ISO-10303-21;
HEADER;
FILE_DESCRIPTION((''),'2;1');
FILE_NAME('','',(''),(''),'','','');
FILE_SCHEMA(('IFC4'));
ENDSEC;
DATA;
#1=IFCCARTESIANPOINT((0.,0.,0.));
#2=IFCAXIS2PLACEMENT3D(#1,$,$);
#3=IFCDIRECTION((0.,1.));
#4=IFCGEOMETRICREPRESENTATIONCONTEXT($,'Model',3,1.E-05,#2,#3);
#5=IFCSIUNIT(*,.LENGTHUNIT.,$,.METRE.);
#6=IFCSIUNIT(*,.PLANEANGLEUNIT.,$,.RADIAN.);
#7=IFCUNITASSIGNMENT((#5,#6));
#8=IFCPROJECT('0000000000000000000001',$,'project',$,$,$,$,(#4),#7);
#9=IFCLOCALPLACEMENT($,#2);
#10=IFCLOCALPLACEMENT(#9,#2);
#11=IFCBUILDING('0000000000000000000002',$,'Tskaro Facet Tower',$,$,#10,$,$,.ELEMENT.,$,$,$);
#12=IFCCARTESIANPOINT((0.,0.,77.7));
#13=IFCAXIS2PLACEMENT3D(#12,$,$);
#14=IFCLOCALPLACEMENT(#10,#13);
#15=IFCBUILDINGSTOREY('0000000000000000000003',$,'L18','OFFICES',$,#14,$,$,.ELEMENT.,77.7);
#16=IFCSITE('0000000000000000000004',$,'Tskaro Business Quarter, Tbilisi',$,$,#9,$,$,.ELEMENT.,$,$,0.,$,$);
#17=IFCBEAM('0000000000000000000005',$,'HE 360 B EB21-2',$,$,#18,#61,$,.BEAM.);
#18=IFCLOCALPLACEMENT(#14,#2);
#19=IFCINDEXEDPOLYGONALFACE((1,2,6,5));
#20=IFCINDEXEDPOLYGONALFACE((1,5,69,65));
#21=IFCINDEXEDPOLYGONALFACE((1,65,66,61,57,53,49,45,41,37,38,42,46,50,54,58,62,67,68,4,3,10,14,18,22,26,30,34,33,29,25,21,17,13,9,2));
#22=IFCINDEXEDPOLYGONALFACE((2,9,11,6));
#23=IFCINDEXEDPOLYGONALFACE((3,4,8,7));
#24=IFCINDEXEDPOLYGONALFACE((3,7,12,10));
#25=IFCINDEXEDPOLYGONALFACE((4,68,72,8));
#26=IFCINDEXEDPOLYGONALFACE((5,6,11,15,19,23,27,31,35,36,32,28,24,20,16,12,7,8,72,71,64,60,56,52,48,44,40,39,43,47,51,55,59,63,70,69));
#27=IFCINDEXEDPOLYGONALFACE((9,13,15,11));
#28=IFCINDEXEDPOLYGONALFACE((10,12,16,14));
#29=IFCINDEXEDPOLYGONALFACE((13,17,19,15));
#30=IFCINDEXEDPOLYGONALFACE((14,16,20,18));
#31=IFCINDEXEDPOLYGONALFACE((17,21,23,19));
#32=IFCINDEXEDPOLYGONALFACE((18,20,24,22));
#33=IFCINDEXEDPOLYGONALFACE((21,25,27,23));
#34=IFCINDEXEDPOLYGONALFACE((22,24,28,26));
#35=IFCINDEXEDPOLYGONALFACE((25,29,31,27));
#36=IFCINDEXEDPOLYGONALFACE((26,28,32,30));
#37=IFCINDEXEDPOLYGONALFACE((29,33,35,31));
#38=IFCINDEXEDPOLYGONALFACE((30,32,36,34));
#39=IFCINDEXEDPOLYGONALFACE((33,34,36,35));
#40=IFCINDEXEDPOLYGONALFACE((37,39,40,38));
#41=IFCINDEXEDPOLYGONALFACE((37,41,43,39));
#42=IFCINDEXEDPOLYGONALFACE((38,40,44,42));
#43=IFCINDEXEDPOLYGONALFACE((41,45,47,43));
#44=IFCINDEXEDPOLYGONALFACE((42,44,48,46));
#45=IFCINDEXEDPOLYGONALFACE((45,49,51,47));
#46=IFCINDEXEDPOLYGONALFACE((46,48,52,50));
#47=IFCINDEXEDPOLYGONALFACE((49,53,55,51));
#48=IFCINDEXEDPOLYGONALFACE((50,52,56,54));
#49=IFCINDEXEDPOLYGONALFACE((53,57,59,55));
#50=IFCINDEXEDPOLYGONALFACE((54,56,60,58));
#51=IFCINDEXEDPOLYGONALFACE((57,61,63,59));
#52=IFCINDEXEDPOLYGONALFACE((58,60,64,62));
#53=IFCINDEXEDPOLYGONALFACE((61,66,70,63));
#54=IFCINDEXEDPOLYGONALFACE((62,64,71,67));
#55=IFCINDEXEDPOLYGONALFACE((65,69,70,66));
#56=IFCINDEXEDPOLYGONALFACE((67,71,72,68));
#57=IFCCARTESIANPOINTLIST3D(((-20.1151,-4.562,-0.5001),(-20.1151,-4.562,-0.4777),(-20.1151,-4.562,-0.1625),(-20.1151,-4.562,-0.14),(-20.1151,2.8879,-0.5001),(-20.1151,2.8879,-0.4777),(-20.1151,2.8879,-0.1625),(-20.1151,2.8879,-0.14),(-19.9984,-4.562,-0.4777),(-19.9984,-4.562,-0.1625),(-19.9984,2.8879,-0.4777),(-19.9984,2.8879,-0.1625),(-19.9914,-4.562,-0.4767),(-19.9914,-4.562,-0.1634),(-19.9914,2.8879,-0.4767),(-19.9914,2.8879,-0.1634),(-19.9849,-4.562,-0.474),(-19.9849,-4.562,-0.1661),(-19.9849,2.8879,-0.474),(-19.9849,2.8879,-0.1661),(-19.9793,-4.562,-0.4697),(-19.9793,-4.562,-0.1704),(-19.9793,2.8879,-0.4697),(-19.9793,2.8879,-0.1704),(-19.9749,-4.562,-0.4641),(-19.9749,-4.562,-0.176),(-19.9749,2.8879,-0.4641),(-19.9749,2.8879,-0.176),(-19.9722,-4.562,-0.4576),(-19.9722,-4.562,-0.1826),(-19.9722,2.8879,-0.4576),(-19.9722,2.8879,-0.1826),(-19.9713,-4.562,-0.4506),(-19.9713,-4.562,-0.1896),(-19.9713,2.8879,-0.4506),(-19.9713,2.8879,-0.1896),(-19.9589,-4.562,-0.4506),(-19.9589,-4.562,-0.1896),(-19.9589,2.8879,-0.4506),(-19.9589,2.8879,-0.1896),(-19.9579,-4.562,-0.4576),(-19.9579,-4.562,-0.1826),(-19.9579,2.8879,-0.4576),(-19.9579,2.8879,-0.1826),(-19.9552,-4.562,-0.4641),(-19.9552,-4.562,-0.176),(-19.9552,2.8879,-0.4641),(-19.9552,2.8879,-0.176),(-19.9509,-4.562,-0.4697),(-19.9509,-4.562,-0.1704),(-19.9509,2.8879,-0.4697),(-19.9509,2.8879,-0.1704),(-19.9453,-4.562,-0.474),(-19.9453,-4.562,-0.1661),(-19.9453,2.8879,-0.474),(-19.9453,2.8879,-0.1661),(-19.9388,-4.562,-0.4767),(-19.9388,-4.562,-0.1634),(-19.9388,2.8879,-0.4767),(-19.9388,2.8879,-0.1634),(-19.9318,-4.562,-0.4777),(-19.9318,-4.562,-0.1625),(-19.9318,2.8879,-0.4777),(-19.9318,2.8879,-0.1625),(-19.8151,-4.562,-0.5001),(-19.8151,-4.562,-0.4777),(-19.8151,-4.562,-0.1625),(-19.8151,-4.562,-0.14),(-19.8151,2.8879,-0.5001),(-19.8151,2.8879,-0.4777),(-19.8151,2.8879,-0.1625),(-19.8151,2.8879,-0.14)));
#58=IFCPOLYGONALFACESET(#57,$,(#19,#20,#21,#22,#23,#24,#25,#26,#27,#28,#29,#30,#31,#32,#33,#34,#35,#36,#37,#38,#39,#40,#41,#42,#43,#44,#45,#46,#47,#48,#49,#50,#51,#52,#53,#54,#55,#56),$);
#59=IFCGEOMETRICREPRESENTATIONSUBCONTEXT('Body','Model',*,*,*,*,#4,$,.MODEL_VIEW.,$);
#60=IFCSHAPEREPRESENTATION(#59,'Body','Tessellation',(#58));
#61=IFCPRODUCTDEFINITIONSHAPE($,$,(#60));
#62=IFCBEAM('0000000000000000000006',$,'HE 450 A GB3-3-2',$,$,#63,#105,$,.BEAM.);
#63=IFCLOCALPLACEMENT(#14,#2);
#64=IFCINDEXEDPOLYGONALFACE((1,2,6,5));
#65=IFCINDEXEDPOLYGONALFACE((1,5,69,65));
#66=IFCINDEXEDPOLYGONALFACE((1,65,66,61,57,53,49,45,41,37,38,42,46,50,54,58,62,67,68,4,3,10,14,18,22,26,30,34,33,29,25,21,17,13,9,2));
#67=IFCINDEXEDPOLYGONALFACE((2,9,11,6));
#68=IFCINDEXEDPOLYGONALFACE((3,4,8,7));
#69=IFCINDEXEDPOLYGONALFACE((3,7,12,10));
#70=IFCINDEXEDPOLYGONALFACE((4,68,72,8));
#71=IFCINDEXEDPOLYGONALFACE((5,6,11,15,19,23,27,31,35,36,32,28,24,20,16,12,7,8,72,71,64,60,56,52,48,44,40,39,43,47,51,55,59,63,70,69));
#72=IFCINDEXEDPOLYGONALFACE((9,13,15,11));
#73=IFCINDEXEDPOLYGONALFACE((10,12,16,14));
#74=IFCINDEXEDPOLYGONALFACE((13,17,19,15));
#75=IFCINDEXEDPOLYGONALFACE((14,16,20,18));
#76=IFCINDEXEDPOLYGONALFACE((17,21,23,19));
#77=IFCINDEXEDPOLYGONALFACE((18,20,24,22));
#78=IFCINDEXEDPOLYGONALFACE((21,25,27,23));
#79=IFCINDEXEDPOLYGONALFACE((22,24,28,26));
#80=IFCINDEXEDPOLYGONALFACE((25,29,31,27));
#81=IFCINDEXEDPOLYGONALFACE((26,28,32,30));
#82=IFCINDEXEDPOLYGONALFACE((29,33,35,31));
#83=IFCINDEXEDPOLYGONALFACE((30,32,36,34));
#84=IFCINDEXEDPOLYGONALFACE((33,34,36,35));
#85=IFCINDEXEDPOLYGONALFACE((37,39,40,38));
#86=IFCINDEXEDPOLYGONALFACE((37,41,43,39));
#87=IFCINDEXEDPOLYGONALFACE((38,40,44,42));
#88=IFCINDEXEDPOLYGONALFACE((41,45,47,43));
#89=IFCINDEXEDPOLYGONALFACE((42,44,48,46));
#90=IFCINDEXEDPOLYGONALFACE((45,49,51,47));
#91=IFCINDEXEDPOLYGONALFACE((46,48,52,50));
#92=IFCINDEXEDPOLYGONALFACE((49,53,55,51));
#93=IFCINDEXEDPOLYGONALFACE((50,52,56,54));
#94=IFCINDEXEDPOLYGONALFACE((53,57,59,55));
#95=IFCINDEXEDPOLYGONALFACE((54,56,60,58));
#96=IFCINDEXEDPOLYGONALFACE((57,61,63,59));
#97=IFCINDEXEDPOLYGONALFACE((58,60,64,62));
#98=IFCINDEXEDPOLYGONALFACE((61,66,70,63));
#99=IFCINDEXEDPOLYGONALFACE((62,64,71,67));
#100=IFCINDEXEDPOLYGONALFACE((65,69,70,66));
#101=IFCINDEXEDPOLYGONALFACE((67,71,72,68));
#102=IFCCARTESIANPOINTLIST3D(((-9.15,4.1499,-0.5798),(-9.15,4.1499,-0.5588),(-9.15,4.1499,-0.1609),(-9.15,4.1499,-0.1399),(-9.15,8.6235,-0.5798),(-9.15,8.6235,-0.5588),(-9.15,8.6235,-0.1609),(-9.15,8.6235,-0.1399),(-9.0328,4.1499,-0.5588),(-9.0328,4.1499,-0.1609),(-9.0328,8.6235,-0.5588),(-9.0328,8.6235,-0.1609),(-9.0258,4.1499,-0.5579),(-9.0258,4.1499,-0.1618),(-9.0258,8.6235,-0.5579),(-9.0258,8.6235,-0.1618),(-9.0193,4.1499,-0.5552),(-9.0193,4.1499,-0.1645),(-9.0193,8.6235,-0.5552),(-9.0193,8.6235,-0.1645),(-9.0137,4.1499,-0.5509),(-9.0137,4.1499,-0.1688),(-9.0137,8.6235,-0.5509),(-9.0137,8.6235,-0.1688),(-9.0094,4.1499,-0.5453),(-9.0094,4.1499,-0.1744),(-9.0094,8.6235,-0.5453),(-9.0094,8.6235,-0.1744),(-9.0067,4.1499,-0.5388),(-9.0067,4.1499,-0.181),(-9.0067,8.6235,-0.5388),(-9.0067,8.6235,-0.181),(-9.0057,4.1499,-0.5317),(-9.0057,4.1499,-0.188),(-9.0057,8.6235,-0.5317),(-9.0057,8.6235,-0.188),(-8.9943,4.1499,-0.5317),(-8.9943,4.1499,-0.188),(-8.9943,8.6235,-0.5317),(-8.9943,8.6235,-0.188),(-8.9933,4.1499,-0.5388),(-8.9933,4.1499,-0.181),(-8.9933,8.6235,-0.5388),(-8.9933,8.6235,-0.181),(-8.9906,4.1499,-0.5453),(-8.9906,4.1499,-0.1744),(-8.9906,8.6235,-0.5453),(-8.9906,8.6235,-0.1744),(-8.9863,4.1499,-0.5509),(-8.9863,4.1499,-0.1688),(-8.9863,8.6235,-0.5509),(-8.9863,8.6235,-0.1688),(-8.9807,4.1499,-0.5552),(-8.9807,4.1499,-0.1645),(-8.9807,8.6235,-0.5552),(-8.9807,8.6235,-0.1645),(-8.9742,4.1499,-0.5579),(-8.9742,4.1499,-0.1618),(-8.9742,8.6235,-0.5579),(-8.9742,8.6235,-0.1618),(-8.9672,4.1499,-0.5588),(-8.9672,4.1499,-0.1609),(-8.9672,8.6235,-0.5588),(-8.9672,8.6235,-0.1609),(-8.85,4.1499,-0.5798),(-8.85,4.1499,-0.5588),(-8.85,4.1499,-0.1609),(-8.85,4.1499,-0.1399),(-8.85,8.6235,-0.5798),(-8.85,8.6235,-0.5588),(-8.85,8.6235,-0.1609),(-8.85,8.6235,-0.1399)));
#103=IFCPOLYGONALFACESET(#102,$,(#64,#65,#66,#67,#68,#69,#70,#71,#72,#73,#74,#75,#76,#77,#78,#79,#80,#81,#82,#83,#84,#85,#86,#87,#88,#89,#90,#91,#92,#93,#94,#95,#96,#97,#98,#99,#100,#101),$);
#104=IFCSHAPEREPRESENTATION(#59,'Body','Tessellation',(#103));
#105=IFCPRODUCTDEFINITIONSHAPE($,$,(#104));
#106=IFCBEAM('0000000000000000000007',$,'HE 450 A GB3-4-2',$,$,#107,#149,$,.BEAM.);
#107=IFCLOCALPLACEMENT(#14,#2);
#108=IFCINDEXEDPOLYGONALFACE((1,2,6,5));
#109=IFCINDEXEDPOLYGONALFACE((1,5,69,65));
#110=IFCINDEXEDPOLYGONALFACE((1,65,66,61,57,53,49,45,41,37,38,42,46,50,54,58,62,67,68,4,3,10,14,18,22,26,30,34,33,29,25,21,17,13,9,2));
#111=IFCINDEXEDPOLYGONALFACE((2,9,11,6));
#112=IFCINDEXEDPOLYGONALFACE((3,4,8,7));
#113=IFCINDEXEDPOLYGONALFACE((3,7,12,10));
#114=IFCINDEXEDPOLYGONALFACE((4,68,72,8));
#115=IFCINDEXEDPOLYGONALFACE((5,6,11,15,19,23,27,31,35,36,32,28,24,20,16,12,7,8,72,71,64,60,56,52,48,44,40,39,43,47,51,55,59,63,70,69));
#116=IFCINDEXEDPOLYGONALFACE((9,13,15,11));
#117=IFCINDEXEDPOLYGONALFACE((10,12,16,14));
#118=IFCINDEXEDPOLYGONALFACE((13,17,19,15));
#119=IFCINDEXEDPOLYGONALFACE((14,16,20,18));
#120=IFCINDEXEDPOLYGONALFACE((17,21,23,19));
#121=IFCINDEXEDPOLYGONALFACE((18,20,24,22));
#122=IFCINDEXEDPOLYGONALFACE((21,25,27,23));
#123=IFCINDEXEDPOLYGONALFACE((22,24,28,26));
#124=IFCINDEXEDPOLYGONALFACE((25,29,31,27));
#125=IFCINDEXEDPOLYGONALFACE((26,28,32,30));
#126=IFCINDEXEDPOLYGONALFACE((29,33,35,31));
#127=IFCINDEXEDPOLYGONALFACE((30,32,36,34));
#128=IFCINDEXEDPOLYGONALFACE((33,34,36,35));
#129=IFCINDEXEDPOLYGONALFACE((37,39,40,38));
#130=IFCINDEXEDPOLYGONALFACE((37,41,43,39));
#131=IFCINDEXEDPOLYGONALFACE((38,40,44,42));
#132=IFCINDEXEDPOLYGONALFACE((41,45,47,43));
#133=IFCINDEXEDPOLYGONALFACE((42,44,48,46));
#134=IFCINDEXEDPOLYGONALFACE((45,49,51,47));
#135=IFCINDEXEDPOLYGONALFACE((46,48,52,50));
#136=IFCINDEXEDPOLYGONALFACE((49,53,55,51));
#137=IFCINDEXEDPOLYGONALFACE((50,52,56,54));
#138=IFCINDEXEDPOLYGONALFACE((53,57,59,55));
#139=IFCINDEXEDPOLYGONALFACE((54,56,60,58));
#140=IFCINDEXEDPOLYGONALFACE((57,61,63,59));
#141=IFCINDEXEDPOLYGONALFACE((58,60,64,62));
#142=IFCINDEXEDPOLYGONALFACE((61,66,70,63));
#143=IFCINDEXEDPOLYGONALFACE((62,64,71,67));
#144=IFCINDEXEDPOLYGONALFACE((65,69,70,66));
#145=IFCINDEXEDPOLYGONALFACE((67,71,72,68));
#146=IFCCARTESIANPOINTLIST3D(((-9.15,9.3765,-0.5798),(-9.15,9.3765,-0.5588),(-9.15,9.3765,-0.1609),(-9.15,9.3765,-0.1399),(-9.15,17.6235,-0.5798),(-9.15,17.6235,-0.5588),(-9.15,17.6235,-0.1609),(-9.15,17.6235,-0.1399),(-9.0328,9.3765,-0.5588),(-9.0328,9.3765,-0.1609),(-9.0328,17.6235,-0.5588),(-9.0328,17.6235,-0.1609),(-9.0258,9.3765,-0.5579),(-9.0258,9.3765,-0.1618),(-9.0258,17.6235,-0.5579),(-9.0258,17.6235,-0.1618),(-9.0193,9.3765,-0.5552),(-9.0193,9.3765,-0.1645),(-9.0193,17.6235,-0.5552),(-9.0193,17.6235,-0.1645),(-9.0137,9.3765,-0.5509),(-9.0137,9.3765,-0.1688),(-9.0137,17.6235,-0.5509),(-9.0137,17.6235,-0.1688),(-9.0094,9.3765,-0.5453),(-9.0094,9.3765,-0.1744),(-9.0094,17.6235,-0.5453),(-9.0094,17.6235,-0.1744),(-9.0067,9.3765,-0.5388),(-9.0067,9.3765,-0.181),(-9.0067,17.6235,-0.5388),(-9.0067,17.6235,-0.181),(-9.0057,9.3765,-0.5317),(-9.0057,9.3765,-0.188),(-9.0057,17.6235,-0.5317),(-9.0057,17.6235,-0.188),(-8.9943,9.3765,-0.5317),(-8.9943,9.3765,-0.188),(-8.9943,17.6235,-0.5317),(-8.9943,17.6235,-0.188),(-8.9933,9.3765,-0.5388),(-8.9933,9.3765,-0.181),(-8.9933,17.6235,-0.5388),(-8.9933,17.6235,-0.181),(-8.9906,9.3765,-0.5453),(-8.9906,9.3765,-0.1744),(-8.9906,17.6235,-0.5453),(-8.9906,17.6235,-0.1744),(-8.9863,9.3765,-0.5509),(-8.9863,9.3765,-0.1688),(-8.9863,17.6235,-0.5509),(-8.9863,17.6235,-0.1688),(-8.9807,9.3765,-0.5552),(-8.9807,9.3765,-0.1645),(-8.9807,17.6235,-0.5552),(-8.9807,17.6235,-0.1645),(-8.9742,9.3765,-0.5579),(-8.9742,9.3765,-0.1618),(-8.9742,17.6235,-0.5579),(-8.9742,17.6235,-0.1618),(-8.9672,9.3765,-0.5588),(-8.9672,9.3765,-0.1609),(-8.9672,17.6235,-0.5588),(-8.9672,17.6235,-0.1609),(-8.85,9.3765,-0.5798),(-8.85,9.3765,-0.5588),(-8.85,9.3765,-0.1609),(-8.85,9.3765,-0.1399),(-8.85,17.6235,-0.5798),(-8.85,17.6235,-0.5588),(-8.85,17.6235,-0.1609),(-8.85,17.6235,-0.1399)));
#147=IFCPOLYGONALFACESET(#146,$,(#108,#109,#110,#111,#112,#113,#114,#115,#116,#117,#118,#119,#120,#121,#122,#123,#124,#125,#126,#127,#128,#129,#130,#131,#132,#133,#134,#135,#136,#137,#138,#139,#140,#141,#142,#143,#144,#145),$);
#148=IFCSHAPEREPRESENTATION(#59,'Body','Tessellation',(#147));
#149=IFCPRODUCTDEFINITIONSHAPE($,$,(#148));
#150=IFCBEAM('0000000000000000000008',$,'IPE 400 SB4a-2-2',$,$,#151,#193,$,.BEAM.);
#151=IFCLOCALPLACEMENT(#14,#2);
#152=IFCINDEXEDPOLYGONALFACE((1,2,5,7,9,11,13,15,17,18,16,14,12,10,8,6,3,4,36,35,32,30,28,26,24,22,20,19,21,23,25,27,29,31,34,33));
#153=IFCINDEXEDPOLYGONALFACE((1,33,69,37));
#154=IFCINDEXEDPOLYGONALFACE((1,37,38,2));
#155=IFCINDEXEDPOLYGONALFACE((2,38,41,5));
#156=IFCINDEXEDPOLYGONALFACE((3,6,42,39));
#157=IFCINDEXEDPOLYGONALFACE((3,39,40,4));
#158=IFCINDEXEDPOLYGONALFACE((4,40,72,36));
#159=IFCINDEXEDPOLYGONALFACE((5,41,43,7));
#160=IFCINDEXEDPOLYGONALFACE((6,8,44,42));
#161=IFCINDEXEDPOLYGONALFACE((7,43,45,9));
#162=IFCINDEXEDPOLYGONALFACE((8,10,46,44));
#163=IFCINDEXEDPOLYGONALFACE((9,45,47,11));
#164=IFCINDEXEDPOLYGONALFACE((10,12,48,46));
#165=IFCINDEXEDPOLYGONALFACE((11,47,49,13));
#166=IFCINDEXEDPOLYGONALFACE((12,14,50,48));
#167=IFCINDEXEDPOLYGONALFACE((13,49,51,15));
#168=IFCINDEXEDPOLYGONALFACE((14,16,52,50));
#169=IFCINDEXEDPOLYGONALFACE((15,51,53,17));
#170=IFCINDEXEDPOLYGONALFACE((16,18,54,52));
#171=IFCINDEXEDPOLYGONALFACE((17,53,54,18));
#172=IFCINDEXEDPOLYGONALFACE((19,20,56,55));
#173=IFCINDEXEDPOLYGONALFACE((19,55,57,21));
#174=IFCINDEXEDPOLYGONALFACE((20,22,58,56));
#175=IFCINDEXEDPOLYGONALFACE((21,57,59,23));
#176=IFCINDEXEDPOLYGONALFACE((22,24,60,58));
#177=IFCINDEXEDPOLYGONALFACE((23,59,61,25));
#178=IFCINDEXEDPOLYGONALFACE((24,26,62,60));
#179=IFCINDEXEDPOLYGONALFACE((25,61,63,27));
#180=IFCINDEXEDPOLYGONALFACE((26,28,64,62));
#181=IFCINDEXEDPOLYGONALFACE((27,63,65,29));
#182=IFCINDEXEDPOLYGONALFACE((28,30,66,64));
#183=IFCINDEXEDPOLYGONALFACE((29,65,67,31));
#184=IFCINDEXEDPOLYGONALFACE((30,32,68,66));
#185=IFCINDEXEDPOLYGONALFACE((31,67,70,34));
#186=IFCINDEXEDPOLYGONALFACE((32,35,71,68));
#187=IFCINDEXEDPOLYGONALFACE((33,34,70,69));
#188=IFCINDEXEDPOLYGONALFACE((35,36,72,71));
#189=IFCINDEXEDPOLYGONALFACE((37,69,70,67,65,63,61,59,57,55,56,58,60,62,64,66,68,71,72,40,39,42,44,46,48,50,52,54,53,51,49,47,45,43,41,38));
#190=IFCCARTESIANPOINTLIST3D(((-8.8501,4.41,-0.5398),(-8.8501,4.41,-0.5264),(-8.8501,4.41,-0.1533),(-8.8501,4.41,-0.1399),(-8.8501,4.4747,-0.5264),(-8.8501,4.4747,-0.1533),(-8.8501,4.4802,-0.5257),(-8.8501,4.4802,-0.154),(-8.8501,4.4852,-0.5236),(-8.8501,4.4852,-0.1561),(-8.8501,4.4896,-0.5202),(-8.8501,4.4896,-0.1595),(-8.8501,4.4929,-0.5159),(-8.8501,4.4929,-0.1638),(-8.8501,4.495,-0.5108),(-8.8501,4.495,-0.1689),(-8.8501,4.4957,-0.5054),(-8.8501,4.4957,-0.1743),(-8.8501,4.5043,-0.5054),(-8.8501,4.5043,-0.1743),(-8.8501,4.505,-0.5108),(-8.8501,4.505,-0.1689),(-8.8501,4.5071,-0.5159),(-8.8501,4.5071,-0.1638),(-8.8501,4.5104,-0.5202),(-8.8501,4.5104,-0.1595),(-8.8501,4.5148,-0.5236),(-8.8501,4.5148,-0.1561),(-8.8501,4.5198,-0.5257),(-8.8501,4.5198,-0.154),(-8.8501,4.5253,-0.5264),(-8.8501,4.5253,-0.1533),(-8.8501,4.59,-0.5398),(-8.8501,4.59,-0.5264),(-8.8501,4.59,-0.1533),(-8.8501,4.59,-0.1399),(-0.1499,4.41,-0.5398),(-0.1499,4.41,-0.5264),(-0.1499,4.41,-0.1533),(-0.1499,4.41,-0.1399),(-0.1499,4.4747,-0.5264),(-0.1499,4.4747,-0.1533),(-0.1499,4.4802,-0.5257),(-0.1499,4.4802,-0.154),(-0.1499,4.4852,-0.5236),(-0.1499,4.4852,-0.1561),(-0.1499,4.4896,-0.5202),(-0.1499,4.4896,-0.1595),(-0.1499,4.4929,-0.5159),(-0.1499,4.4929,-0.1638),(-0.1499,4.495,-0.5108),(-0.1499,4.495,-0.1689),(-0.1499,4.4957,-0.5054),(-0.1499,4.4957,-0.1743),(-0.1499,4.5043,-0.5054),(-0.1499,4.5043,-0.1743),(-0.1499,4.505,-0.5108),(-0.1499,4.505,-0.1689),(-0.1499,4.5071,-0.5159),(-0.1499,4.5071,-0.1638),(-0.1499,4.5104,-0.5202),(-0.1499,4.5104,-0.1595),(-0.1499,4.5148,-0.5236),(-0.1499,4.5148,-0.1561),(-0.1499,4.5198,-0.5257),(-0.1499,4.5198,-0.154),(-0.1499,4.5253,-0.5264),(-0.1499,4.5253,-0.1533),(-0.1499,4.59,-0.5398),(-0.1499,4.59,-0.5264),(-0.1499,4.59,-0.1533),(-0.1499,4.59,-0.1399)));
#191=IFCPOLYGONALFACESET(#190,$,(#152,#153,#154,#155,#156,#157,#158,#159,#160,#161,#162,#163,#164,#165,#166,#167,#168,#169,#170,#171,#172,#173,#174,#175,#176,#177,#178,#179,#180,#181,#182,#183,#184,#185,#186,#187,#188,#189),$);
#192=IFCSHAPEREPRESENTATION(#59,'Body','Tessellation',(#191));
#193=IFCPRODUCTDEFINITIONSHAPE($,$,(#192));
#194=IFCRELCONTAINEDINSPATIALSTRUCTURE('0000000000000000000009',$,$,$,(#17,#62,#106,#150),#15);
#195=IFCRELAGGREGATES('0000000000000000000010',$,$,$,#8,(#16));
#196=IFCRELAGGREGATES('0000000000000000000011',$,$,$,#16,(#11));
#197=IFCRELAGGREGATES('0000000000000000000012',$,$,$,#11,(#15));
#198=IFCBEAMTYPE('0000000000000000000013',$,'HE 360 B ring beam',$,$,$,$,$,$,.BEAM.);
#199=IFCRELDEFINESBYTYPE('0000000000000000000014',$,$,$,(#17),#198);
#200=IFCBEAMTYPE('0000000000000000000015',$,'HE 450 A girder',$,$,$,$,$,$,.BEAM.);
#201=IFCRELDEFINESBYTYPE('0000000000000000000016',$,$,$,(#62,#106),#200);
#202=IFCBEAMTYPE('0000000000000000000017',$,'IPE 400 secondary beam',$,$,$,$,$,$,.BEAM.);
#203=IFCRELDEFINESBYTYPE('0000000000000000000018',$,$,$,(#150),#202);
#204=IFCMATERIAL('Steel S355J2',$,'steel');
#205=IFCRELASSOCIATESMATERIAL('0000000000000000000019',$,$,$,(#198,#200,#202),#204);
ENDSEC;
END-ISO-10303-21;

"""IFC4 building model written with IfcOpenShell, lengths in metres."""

from ifc_helpers import new_model, si_unit, direction, frame, origin, origin_2d, place, context, subcontext, project, spatial, i_section, extrude, material, material_profile, profile_set, type_object, element, save


model = new_model("IFC4")

# Units and contexts
model_context = context("Model", 3, precision=1e-05, world=origin(), true_north=direction((0.0, 1.0)))
body_context = subcontext(model_context, "Body", "Model", "MODEL_VIEW")
ifc_project = project(units=[si_unit("LENGTHUNIT", "METRE"), si_unit("PLANEANGLEUNIT", "RADIAN")], contexts=[model_context])

# Site, building, storey
site_placement = place(None, origin())
site = spatial("IfcSite", under=ifc_project, at=site_placement, Name="Tskaro Business Quarter, Tbilisi", CompositionType="ELEMENT", RefElevation=0.0)
building_placement = place(site_placement, origin())
building = spatial("IfcBuilding", under=site, at=building_placement, Name="Tskaro Facet Tower", CompositionType="ELEMENT")
storey_placement = place(building_placement, frame((0.0, 0.0, 77.7)))
storey = spatial("IfcBuildingStorey", under=building, at=storey_placement, Name="L18", Description="OFFICES", CompositionType="ELEMENT", Elevation=77.7)

# Beams
ifc_material_1 = material(Name="Steel S355J2", Category="steel")
ifc_material_profile_1 = material_profile(ifc_material_1, i_section(OverallWidth=0.3, OverallDepth=0.3601, WebThickness=0.0125, FlangeThickness=0.0225, FilletRadius=0.0271, at=origin_2d()), Name="HE 360 B")
ifc_profile_set_1 = profile_set([ifc_material_profile_1], Name="Steel S355J2")
beam_type_1 = type_object("IfcBeamType", Name="HE 360 B ring beam", PredefinedType="BEAM", material=ifc_profile_set_1)
beam_1_placement = place(storey_placement, frame((-19.9651, 2.8879, -0.3201), z_axis=(0.0, -1.0, 0.0), x_axis=(1.0, 0.0, 0.0)))
element("IfcBeam", 1, at=beam_1_placement, inside=storey, type_object=beam_type_1, Name="HE 360 B EB21-2", PredefinedType="BEAM", context=body_context, shape_type="SweptSolid", body=[
    extrude(i_section(OverallWidth=0.3, OverallDepth=0.3601, WebThickness=0.0125, FlangeThickness=0.0225, FilletRadius=0.0271, at=origin_2d()), origin(), (0.0, 0.0, 1.0), 7.45),
])
ifc_material_profile_2 = material_profile(ifc_material_1, i_section(OverallWidth=0.3, OverallDepth=0.4399, WebThickness=0.0115, FlangeThickness=0.021, FilletRadius=0.0271, at=origin_2d()), Name="HE 450 A")
ifc_profile_set_2 = profile_set([ifc_material_profile_2], Name="Steel S355J2")
beam_type_2 = type_object("IfcBeamType", Name="HE 450 A girder", PredefinedType="BEAM", material=ifc_profile_set_2)
beam_2_placement = place(storey_placement, frame((-9.0, 4.1499, -0.3599), z_axis=(0.0, 1.0, 0.0), x_axis=(-1.0, 0.0, 0.0)))
element("IfcBeam", 2, at=beam_2_placement, inside=storey, type_object=beam_type_2, Name="HE 450 A GB3-3-2", PredefinedType="BEAM", context=body_context, shape_type="SweptSolid", body=[
    extrude(i_section(OverallWidth=0.3, OverallDepth=0.4399, WebThickness=0.0115, FlangeThickness=0.021, FilletRadius=0.0271, at=origin_2d()), origin(), (0.0, 0.0, 1.0), 4.4736),
])
beam_3_placement = place(storey_placement, frame((-9.0, 9.3765, -0.3599), z_axis=(0.0, 1.0, 0.0), x_axis=(-1.0, 0.0, 0.0)))
element("IfcBeam", 3, at=beam_3_placement, inside=storey, type_object=beam_type_2, Name="HE 450 A GB3-4-2", PredefinedType="BEAM", context=body_context, shape_type="SweptSolid", body=[
    extrude(i_section(OverallWidth=0.3, OverallDepth=0.4399, WebThickness=0.0115, FlangeThickness=0.021, FilletRadius=0.0271, at=origin_2d()), origin(), (0.0, 0.0, 1.0), 8.2471),
])
ifc_material_profile_3 = material_profile(ifc_material_1, i_section(OverallWidth=0.1799, OverallDepth=0.3999, WebThickness=0.0085, FlangeThickness=0.0134, FilletRadius=0.021, at=origin_2d()), Name="IPE 400")
ifc_profile_set_3 = profile_set([ifc_material_profile_3], Name="Steel S355J2")
beam_type_3 = type_object("IfcBeamType", Name="IPE 400 secondary beam", PredefinedType="BEAM", material=ifc_profile_set_3)
beam_4_placement = place(storey_placement, frame((-8.8501, 4.5, -0.3398), z_axis=(1.0, 0.0, 0.0), x_axis=(0.0, 1.0, 0.0)))
element("IfcBeam", 4, at=beam_4_placement, inside=storey, type_object=beam_type_3, Name="IPE 400 SB4a-2-2", PredefinedType="BEAM", context=body_context, shape_type="SweptSolid", body=[
    extrude(i_section(OverallWidth=0.1799, OverallDepth=0.3999, WebThickness=0.0085, FlangeThickness=0.0134, FilletRadius=0.021, at=origin_2d()), origin(), (0.0, 0.0, 1.0), 8.7002),
])

save(model, "model.ifc")
